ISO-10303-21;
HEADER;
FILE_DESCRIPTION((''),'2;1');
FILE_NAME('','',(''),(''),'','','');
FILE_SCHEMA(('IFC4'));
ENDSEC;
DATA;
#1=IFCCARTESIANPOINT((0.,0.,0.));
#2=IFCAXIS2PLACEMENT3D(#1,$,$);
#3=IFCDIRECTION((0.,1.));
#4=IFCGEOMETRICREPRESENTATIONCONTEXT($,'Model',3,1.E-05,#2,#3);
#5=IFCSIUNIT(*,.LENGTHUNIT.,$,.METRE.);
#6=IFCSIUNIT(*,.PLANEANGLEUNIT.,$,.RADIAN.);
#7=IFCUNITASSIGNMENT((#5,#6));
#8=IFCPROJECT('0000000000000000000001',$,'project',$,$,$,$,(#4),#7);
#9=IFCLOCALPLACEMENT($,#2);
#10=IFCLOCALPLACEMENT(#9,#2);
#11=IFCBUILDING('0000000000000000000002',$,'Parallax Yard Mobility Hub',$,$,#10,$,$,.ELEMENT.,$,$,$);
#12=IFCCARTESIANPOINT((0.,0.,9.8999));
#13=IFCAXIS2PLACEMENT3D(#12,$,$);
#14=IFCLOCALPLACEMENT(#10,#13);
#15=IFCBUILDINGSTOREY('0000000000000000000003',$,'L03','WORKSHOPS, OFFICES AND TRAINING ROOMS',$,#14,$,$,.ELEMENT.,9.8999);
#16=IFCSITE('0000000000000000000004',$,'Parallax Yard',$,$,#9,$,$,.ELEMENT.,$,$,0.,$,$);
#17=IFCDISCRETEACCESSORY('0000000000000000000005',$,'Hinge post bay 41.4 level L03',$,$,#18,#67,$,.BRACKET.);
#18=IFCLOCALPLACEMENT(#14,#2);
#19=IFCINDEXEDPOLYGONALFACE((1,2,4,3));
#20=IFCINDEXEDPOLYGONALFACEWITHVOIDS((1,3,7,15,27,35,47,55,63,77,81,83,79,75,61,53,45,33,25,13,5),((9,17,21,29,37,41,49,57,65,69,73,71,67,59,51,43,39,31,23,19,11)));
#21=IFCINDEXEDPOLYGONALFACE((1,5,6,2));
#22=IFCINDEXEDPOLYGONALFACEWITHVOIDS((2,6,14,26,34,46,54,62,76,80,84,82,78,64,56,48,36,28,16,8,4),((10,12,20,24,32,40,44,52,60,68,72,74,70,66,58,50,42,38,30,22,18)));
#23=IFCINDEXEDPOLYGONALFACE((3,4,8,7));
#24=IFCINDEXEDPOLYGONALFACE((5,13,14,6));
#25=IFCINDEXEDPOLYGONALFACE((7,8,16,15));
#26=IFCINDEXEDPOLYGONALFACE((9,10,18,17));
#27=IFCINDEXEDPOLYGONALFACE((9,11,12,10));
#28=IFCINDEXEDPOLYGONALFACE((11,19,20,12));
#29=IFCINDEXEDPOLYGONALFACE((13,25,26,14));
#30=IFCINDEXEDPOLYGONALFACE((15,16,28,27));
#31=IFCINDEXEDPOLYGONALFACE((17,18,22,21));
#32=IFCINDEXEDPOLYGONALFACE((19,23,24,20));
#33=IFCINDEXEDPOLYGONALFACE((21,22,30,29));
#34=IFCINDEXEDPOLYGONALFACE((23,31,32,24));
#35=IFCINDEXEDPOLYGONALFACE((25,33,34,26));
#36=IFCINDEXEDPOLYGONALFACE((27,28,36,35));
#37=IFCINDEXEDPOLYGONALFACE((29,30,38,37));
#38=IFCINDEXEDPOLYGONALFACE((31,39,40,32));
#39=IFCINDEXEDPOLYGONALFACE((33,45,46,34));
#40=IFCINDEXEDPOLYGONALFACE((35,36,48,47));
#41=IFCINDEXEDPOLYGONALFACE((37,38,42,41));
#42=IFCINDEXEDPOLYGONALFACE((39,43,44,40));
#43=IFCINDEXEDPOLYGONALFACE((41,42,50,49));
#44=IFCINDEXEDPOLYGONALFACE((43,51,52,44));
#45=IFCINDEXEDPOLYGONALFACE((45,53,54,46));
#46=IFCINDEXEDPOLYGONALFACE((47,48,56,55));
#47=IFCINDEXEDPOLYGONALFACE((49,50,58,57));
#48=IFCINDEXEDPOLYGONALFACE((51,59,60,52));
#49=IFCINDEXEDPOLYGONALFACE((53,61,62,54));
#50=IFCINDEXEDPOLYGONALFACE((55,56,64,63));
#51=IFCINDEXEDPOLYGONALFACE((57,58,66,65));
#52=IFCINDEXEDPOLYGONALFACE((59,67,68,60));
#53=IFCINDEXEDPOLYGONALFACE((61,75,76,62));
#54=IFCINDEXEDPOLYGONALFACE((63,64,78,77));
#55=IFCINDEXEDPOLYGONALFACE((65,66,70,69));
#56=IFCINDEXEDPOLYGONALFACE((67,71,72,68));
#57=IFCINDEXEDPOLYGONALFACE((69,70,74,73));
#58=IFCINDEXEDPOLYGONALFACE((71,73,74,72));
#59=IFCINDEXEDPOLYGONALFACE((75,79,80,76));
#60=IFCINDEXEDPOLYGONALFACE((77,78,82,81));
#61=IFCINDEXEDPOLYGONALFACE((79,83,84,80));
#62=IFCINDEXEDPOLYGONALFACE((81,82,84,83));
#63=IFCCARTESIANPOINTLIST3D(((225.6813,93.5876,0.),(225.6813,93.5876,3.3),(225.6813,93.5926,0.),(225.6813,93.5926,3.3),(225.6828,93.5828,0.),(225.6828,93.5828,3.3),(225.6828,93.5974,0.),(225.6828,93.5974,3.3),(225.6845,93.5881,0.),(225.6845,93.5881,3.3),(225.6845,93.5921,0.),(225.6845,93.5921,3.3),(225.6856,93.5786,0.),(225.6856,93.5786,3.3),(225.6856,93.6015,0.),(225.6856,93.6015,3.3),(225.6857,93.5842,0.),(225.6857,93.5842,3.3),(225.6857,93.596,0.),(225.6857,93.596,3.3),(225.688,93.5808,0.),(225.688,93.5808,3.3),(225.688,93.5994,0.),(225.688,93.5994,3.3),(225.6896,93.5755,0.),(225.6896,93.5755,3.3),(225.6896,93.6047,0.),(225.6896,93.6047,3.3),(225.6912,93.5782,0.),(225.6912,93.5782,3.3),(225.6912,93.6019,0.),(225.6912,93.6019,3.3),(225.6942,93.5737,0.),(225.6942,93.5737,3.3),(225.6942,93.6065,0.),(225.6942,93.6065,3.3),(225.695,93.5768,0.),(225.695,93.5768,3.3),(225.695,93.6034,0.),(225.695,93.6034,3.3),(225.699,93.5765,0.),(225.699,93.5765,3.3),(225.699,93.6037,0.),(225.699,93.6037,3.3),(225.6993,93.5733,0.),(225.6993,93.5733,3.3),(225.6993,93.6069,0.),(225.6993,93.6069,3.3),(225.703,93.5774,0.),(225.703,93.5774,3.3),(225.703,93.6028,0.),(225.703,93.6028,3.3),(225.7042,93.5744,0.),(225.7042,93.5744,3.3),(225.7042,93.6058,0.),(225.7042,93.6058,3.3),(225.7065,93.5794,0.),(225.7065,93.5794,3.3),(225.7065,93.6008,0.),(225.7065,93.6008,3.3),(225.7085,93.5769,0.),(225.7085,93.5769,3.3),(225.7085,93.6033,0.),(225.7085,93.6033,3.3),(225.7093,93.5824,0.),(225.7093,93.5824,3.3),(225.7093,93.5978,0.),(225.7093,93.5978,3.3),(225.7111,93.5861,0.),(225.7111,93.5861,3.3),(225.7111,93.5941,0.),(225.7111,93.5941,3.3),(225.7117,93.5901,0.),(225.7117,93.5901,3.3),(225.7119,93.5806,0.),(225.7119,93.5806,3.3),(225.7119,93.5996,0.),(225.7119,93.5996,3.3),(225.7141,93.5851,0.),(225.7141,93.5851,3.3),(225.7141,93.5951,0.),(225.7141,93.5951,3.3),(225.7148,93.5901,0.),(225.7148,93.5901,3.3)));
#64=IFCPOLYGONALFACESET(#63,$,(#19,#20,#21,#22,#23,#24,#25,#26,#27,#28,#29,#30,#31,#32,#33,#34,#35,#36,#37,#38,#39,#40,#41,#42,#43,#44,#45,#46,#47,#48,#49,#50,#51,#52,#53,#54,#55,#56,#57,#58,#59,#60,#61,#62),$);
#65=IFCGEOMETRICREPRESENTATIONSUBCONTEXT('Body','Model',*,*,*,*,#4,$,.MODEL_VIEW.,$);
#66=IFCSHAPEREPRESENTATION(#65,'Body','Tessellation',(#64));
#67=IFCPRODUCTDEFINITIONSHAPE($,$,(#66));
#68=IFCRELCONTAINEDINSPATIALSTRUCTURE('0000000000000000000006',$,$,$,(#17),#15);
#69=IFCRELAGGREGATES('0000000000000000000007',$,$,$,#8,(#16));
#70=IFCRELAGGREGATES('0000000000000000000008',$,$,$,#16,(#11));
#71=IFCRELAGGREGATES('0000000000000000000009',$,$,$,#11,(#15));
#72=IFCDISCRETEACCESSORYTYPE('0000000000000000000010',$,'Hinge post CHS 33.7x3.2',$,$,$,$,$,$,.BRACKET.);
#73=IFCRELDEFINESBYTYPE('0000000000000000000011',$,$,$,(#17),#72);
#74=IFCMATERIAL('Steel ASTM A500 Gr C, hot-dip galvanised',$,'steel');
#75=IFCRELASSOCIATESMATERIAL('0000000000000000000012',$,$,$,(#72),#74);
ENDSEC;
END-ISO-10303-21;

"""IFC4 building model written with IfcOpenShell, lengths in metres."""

from ifc_helpers import new_model, si_unit, direction, frame, origin, origin_2d, place, context, subcontext, project, spatial, hollow_circle, extrude, material, material_profile, profile_set, type_object, element, save


model = new_model("IFC4")

# Units and contexts
model_context = context("Model", 3, precision=1e-05, world=origin(), true_north=direction((0.0, 1.0)))
body_context = subcontext(model_context, "Body", "Model", "MODEL_VIEW")
ifc_project = project(units=[si_unit("LENGTHUNIT", "METRE"), si_unit("PLANEANGLEUNIT", "RADIAN")], contexts=[model_context])

# Site, building, storey
site_placement = place(None, origin())
site = spatial("IfcSite", under=ifc_project, at=site_placement, Name="Parallax Yard", CompositionType="ELEMENT", RefElevation=0.0)
building_placement = place(site_placement, origin())
building = spatial("IfcBuilding", under=site, at=building_placement, Name="Parallax Yard Mobility Hub", CompositionType="ELEMENT")
storey_placement = place(building_placement, frame((0.0, 0.0, 9.8999)))
storey = spatial("IfcBuildingStorey", under=building, at=storey_placement, Name="L03", Description="WORKSHOPS, OFFICES AND TRAINING ROOMS", CompositionType="ELEMENT", Elevation=9.8999)

# Discrete accessory
ifc_material_1 = material(Name="Steel ASTM A500 Gr C, hot-dip galvanised", Category="steel")
ifc_material_profile_1 = material_profile(ifc_material_1, hollow_circle(Radius=0.0168, WallThickness=0.0032, at=origin_2d()), Name="CHS 33.7x3.2")
ifc_profile_set_1 = profile_set([ifc_material_profile_1], Name="Steel ASTM A500 Gr C, hot-dip galvanised")
discrete_accessory_type_1 = type_object("IfcDiscreteAccessoryType", Name="Hinge post CHS 33.7x3.2", PredefinedType="BRACKET", material=ifc_profile_set_1)
for number, where, z_axis, x_axis, name in (
    (1, (225.698, 93.5901, 0.0), (0.0, 0.0, 1.0), (1.0, 0.0, 0.0), "Hinge post bay 41.4 level L03"),
):
    element("IfcDiscreteAccessory", number, at=place(storey_placement, frame(where, z_axis=z_axis, x_axis=x_axis)), inside=storey, type_object=discrete_accessory_type_1, Name=name, PredefinedType="BRACKET", context=body_context, shape_type="SweptSolid", body=[
        extrude(hollow_circle(Radius=0.0168, WallThickness=0.0032, at=origin_2d()), origin(), (0.0, 0.0, 1.0), 3.3),
    ])

save(model, "model.ifc")
